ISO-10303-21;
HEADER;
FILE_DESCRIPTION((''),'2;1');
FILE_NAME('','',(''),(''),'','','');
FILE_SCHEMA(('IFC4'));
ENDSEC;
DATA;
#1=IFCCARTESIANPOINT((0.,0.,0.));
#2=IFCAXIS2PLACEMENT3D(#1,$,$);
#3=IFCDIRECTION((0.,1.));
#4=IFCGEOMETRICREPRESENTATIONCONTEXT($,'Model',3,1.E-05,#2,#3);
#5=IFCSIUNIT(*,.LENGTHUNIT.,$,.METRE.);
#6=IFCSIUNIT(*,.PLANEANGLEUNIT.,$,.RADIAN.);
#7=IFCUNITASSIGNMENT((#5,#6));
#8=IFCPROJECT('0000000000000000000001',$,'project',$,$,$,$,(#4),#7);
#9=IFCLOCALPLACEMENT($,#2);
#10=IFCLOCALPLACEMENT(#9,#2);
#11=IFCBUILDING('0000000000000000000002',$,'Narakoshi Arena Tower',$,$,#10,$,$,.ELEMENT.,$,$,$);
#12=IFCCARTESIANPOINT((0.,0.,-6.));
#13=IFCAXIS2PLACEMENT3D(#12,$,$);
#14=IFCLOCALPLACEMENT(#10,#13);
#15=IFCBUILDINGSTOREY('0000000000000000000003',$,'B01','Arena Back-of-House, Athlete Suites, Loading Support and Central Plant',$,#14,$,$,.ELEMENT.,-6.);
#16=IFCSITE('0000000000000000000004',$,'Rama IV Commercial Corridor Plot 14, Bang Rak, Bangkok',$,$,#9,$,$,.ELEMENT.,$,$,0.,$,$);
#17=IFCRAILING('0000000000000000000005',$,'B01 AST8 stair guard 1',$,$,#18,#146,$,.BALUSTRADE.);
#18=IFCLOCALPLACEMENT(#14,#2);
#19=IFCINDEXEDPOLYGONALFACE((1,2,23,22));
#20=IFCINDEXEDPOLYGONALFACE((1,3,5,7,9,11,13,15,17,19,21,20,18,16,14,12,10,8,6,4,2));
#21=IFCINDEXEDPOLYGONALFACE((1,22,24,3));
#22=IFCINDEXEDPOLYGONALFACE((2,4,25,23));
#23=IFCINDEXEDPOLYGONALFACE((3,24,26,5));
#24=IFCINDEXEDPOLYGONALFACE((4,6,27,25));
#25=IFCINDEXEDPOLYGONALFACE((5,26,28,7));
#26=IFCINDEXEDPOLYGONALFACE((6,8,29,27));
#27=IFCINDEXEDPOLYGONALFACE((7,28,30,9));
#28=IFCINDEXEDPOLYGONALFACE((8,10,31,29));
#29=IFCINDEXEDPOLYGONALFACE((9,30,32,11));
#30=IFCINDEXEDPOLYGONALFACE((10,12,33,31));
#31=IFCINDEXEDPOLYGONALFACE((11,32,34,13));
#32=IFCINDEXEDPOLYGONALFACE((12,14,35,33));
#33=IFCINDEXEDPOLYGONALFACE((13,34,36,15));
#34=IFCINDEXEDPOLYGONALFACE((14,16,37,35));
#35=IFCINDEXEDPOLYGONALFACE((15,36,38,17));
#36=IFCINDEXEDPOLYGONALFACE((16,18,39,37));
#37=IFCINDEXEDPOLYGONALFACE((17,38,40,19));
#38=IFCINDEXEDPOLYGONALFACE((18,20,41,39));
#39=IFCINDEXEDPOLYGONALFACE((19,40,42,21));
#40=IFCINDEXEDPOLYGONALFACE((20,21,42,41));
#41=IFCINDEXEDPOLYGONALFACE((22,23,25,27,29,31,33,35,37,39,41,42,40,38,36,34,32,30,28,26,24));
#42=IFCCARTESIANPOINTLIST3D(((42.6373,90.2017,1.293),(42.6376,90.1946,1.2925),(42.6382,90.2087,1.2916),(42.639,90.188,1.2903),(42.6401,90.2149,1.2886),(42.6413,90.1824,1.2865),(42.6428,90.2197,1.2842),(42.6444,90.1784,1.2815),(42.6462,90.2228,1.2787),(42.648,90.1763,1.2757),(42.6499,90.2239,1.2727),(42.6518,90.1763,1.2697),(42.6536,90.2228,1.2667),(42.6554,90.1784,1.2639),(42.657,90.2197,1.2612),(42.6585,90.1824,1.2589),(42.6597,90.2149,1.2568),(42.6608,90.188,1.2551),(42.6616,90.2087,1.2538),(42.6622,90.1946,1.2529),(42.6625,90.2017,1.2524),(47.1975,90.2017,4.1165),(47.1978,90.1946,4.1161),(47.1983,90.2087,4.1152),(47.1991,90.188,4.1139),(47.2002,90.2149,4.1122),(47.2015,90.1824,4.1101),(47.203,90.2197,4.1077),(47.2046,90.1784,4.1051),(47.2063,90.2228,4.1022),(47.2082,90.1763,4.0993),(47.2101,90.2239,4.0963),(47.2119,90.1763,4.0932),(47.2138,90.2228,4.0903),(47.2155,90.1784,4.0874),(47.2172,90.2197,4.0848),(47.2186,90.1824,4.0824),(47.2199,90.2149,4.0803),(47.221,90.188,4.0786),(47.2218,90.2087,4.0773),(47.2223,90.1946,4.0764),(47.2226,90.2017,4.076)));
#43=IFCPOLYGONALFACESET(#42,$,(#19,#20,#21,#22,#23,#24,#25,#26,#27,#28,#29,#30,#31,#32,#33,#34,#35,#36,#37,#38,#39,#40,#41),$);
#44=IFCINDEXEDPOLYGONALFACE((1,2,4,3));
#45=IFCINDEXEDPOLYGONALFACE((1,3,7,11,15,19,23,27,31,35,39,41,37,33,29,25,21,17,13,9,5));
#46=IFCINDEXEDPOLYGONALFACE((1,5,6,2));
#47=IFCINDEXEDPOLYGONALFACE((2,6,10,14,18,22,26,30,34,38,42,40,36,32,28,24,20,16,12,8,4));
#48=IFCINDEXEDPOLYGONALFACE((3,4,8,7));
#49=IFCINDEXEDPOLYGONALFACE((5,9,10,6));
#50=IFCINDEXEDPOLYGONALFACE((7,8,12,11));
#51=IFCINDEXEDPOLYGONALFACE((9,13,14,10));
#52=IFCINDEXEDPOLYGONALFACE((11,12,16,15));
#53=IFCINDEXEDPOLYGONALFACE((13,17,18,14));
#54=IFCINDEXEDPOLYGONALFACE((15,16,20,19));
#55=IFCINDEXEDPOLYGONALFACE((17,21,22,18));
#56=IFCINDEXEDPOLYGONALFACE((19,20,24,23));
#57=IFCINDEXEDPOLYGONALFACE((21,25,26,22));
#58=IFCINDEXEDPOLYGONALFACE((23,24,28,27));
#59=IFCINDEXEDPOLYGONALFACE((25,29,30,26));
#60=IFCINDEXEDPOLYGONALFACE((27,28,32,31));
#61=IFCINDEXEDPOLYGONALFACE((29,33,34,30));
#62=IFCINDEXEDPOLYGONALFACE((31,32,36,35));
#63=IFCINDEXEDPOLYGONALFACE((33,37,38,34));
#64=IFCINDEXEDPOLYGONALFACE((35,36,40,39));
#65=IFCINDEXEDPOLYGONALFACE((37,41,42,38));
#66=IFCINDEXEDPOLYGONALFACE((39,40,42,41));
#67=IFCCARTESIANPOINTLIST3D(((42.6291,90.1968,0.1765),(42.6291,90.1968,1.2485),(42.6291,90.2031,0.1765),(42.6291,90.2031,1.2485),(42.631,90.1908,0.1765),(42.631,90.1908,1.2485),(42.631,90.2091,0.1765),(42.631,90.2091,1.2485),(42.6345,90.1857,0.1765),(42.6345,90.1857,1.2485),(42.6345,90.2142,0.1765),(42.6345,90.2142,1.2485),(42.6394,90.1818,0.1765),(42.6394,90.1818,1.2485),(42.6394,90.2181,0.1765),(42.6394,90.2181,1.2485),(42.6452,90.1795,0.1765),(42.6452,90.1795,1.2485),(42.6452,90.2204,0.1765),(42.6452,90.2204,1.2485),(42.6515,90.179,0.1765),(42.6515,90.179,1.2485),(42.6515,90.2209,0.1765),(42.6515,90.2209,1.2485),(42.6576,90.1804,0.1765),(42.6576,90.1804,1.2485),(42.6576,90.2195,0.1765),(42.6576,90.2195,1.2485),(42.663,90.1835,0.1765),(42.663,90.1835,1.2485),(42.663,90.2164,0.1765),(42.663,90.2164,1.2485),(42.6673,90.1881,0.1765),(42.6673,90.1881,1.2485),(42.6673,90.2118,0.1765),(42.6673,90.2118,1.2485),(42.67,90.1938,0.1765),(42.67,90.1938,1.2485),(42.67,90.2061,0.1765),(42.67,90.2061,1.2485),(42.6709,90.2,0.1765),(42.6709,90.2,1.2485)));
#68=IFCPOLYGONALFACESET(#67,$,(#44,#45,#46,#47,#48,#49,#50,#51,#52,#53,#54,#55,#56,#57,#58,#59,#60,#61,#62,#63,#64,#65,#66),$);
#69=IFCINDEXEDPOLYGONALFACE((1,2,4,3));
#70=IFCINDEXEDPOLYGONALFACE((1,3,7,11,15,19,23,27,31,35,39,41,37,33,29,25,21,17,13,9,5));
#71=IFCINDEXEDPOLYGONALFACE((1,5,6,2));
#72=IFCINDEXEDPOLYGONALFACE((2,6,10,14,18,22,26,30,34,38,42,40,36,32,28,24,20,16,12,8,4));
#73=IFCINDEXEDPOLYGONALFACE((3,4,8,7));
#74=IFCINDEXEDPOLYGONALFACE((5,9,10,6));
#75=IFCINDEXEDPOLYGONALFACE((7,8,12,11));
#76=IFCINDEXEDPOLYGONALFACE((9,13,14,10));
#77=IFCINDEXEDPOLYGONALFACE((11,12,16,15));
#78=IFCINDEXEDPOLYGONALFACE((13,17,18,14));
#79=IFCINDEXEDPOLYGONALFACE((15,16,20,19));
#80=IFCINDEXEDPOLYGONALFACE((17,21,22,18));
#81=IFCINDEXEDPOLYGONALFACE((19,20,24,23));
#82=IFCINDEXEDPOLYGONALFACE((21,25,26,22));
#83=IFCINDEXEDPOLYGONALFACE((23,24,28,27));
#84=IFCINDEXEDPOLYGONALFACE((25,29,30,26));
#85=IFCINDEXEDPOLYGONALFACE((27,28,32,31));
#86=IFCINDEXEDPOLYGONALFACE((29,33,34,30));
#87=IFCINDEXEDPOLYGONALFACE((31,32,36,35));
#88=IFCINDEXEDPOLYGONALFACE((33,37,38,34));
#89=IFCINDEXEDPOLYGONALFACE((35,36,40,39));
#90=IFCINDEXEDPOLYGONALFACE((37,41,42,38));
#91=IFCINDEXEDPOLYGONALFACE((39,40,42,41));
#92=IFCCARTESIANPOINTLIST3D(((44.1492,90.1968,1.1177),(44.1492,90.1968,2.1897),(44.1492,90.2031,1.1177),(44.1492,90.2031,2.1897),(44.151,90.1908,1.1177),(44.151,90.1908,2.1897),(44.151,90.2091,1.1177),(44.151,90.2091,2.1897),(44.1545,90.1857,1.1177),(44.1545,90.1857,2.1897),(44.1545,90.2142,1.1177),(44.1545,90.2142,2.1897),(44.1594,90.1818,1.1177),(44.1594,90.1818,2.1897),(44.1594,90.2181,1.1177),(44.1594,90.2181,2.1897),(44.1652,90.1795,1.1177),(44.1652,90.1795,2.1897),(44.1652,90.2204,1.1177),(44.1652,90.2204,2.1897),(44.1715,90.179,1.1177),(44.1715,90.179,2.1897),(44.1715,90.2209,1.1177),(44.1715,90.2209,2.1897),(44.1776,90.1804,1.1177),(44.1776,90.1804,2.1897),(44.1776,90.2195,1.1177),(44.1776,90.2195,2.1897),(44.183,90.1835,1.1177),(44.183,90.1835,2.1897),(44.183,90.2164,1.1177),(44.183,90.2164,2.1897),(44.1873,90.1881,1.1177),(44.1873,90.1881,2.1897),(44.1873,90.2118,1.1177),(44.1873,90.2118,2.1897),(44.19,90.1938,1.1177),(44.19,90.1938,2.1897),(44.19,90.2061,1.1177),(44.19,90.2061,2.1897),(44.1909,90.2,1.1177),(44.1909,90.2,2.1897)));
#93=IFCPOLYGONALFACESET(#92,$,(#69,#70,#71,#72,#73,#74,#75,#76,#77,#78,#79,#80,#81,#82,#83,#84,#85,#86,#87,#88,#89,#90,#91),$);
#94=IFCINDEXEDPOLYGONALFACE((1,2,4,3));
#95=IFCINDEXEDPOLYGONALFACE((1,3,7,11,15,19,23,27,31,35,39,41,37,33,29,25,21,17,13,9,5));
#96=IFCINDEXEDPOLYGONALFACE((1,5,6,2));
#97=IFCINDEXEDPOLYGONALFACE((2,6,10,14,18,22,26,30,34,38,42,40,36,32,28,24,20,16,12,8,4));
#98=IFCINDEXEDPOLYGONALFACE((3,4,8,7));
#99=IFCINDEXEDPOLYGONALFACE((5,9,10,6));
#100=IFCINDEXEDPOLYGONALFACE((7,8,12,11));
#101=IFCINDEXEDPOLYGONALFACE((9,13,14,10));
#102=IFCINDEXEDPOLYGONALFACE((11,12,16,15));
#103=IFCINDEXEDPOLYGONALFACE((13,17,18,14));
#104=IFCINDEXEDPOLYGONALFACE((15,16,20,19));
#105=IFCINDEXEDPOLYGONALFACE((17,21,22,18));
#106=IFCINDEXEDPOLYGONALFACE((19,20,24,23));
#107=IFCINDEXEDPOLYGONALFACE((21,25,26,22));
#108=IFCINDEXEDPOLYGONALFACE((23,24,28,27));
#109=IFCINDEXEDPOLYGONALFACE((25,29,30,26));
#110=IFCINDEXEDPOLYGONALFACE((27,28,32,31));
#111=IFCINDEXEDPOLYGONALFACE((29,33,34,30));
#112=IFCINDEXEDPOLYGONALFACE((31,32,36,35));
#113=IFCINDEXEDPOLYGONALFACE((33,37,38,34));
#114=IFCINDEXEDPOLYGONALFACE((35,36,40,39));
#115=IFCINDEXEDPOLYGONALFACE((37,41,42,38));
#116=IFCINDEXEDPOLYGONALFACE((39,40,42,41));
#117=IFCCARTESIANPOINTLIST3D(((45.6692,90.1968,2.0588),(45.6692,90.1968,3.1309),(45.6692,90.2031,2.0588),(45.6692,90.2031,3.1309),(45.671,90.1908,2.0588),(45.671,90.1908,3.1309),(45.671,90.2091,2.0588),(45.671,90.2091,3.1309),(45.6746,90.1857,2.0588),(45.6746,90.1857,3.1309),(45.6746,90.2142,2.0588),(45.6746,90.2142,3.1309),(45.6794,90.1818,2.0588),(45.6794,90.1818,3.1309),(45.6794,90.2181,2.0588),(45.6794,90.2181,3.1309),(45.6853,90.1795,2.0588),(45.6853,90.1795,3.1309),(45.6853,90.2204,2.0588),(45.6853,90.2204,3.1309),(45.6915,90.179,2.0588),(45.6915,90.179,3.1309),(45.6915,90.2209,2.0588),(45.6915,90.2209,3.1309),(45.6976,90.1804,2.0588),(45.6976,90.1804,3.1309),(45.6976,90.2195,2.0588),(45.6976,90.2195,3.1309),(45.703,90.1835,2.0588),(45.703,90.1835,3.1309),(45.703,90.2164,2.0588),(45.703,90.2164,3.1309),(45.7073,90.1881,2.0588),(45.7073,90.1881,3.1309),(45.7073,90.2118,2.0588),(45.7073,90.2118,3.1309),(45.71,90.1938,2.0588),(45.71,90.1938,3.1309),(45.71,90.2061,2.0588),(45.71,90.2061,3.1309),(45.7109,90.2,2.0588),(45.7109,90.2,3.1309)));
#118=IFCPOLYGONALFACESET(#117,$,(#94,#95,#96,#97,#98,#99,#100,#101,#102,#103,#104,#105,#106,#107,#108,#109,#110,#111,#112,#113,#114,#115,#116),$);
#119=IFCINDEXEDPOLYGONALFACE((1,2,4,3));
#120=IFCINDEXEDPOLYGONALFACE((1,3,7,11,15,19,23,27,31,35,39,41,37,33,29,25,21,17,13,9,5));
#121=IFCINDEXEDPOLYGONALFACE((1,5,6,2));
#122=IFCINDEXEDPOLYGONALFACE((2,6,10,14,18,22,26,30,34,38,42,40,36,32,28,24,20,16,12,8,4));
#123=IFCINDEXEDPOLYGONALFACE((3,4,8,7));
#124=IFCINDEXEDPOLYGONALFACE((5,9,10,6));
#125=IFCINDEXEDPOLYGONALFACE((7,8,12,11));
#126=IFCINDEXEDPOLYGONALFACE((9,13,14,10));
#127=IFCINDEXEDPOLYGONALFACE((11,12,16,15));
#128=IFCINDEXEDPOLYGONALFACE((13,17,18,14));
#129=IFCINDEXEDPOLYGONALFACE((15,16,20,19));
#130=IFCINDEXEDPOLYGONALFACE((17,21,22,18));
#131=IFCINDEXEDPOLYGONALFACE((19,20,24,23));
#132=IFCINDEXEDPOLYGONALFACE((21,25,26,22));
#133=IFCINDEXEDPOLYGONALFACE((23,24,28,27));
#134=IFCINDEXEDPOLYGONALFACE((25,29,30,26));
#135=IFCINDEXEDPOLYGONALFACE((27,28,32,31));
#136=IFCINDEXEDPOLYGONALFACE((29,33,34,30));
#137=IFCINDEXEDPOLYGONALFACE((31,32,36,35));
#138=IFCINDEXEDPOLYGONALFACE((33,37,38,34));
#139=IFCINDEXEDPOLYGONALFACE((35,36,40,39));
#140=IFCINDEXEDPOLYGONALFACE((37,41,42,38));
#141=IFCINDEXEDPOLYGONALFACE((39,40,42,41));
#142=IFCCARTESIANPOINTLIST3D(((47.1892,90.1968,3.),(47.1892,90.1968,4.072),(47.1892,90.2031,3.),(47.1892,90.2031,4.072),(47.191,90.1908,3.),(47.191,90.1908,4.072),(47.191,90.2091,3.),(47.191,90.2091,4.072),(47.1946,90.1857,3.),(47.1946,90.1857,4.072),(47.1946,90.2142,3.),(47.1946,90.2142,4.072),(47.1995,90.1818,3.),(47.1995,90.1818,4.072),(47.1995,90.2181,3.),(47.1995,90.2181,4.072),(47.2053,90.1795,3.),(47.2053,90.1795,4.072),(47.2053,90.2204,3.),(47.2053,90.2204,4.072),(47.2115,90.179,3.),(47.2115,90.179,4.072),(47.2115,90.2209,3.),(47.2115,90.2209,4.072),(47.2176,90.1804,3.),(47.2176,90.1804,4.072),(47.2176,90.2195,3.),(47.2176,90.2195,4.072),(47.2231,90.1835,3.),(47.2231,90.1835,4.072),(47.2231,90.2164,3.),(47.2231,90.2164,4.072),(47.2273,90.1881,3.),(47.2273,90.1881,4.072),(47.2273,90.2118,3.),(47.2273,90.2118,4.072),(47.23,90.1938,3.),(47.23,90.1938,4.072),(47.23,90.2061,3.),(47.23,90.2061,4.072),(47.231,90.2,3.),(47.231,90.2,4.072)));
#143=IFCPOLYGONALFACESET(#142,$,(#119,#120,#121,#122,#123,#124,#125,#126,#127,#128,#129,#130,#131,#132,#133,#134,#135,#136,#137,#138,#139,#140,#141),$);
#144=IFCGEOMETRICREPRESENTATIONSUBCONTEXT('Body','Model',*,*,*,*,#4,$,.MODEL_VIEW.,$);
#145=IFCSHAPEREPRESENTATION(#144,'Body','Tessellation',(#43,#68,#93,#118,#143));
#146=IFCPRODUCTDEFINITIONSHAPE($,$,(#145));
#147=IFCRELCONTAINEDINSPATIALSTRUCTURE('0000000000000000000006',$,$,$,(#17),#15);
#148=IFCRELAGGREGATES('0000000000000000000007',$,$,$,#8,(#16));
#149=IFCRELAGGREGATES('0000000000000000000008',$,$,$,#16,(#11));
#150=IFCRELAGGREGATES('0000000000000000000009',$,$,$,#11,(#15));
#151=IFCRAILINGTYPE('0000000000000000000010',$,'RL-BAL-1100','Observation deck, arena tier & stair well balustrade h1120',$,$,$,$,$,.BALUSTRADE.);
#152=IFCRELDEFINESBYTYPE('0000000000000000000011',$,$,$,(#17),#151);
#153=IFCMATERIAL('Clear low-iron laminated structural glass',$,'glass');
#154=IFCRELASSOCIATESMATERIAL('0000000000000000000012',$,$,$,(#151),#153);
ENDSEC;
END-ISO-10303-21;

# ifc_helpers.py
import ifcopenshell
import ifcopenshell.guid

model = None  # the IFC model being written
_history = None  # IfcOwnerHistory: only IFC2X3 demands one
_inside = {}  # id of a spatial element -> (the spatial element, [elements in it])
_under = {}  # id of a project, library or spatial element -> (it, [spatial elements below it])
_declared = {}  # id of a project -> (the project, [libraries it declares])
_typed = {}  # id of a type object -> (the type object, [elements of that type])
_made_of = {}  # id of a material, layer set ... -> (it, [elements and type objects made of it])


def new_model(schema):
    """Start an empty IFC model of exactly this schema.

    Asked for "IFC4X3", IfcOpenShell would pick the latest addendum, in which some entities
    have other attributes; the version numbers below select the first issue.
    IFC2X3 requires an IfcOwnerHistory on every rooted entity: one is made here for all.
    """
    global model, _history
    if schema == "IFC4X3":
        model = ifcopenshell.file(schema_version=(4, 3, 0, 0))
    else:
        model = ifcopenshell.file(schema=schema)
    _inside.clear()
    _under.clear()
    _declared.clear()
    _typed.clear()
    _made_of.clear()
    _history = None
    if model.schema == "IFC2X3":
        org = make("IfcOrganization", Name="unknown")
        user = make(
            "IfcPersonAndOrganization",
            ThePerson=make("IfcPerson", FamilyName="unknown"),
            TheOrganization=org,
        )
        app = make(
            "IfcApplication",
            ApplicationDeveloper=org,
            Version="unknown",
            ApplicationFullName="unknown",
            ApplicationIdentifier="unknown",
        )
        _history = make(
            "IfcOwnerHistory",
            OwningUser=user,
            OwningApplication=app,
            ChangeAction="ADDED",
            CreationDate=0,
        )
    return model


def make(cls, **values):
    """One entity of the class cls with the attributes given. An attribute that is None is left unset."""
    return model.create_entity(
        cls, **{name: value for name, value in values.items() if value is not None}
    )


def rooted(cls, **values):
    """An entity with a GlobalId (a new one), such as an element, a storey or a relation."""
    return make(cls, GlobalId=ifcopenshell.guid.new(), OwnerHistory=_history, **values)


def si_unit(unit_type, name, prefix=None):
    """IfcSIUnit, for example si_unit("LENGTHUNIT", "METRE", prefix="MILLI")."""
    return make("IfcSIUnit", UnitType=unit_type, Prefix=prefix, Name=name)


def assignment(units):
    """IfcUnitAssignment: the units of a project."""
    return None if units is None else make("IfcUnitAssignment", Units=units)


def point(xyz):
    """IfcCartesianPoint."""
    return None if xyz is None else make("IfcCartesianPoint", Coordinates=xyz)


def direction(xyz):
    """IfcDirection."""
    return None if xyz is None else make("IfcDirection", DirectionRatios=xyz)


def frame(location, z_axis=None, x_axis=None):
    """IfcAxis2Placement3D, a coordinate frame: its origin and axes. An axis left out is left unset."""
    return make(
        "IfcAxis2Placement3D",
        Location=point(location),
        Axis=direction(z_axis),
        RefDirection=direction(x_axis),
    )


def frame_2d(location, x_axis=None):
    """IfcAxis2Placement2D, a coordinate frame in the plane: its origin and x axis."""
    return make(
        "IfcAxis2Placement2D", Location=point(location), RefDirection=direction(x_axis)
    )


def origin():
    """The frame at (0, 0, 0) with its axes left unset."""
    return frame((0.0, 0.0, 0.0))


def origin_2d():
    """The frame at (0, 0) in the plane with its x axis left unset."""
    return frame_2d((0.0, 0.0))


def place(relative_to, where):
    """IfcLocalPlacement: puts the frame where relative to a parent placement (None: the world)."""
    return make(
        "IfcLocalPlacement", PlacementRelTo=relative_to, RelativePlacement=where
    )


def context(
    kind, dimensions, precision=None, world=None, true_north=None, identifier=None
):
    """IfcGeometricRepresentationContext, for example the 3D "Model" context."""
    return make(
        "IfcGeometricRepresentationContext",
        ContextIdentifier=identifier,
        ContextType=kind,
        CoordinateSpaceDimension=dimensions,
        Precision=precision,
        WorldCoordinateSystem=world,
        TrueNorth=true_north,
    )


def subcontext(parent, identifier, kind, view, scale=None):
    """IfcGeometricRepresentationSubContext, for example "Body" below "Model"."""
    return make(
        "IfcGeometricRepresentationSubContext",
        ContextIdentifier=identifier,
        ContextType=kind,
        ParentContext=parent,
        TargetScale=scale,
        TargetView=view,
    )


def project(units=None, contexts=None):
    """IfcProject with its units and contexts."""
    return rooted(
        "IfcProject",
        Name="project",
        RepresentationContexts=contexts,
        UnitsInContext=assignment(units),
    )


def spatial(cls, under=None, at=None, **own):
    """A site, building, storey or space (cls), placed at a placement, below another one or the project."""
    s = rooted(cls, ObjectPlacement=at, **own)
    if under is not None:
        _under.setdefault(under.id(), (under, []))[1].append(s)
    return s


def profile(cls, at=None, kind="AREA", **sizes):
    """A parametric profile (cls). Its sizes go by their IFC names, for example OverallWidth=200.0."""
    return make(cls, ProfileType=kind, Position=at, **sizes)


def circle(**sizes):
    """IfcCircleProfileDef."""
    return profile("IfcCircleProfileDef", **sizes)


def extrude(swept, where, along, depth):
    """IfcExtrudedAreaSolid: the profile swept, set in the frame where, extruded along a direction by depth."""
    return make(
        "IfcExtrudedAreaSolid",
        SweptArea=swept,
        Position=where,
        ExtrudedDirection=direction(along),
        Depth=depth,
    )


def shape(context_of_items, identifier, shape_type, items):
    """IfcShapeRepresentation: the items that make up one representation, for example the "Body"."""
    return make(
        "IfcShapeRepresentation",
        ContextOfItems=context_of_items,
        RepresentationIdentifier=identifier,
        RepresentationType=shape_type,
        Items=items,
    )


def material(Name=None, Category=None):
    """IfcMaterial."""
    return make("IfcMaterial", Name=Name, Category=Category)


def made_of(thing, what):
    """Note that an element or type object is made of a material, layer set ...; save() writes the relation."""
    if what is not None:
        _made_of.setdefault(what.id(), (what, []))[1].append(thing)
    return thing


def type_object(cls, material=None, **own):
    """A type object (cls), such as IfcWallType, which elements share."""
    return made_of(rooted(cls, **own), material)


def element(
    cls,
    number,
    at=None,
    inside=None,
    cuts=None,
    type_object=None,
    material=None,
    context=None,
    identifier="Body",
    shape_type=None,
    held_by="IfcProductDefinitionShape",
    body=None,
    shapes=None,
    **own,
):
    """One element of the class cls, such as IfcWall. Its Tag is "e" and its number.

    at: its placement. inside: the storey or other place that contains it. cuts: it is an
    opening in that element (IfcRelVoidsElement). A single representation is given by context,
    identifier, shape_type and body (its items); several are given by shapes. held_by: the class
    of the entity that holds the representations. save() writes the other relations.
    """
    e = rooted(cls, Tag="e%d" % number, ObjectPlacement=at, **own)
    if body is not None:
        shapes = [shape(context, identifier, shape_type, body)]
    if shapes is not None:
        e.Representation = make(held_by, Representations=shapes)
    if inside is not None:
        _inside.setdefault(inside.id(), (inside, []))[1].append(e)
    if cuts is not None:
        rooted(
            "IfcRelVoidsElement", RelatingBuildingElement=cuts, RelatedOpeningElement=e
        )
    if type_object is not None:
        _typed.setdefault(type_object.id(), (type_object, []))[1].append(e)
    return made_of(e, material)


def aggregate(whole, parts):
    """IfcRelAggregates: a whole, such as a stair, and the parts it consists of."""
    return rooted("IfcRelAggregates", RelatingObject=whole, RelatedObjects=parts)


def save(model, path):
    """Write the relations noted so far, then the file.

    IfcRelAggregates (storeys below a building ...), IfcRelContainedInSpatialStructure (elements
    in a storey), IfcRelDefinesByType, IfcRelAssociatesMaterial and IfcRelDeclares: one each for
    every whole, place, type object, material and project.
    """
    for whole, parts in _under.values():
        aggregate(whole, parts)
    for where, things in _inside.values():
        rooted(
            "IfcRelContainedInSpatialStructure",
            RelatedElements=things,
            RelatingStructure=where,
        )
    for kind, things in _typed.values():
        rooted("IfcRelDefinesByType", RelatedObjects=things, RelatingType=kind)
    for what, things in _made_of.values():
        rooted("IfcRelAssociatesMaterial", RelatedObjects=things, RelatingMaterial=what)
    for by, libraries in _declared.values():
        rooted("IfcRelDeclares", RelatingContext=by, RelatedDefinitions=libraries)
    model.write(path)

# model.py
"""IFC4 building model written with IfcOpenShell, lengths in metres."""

from ifc_helpers import new_model, si_unit, direction, frame, origin, origin_2d, place, context, subcontext, project, spatial, circle, extrude, material, type_object, element, save


model = new_model("IFC4")

# Units and contexts
model_context = context("Model", 3, precision=1e-05, world=origin(), true_north=direction((0.0, 1.0)))
body_context = subcontext(model_context, "Body", "Model", "MODEL_VIEW")
ifc_project = project(units=[si_unit("LENGTHUNIT", "METRE"), si_unit("PLANEANGLEUNIT", "RADIAN")], contexts=[model_context])

# Site, building, storey
site_placement = place(None, origin())
site = spatial("IfcSite", under=ifc_project, at=site_placement, Name="Rama IV Commercial Corridor Plot 14, Bang Rak, Bangkok", CompositionType="ELEMENT", RefElevation=0.0)
building_placement = place(site_placement, origin())
building = spatial("IfcBuilding", under=site, at=building_placement, Name="Narakoshi Arena Tower", CompositionType="ELEMENT")
storey_placement = place(building_placement, frame((0.0, 0.0, -6.0)))
storey = spatial("IfcBuildingStorey", under=building, at=storey_placement, Name="B01", Description="Arena Back-of-House, Athlete Suites, Loading Support and Central Plant", CompositionType="ELEMENT", Elevation=-6.0)

# Railing
ifc_material_1 = material(Name="Clear low-iron laminated structural glass", Category="glass")
railing_type_1 = type_object("IfcRailingType", Name="RL-BAL-1100", Description="Observation deck, arena tier & stair well balustrade h1120", PredefinedType="BALUSTRADE", material=ifc_material_1)
railing_1_placement = place(storey_placement, frame((42.6499, 90.2, 0.1765)))
element("IfcRailing", 1, at=railing_1_placement, inside=storey, type_object=railing_type_1, Name="B01 AST8 stair guard 1", PredefinedType="BALUSTRADE", context=body_context, shape_type="SweptSolid", body=[
    extrude(circle(Radius=0.0239, at=origin_2d()), frame((0.0, 0.0, 1.0962), z_axis=(0.850216, 0.0, 0.526435), x_axis=(0.0, 1.0, 0.0)), (0.0, 0.0, 1.0), 5.3635),
    extrude(circle(Radius=0.021, at=origin_2d()), origin(), (0.0, 0.0, 1.0), 1.072),
    extrude(circle(Radius=0.021, at=origin_2d()), frame((1.52, 0.0, 0.9412)), (0.0, 0.0, 1.0), 1.072),
    extrude(circle(Radius=0.021, at=origin_2d()), frame((3.04, 0.0, 1.8823)), (0.0, 0.0, 1.0), 1.072),
    extrude(circle(Radius=0.021, at=origin_2d()), frame((4.5601, 0.0, 2.8235)), (0.0, 0.0, 1.0), 1.072),
])

save(model, "model.ifc")
